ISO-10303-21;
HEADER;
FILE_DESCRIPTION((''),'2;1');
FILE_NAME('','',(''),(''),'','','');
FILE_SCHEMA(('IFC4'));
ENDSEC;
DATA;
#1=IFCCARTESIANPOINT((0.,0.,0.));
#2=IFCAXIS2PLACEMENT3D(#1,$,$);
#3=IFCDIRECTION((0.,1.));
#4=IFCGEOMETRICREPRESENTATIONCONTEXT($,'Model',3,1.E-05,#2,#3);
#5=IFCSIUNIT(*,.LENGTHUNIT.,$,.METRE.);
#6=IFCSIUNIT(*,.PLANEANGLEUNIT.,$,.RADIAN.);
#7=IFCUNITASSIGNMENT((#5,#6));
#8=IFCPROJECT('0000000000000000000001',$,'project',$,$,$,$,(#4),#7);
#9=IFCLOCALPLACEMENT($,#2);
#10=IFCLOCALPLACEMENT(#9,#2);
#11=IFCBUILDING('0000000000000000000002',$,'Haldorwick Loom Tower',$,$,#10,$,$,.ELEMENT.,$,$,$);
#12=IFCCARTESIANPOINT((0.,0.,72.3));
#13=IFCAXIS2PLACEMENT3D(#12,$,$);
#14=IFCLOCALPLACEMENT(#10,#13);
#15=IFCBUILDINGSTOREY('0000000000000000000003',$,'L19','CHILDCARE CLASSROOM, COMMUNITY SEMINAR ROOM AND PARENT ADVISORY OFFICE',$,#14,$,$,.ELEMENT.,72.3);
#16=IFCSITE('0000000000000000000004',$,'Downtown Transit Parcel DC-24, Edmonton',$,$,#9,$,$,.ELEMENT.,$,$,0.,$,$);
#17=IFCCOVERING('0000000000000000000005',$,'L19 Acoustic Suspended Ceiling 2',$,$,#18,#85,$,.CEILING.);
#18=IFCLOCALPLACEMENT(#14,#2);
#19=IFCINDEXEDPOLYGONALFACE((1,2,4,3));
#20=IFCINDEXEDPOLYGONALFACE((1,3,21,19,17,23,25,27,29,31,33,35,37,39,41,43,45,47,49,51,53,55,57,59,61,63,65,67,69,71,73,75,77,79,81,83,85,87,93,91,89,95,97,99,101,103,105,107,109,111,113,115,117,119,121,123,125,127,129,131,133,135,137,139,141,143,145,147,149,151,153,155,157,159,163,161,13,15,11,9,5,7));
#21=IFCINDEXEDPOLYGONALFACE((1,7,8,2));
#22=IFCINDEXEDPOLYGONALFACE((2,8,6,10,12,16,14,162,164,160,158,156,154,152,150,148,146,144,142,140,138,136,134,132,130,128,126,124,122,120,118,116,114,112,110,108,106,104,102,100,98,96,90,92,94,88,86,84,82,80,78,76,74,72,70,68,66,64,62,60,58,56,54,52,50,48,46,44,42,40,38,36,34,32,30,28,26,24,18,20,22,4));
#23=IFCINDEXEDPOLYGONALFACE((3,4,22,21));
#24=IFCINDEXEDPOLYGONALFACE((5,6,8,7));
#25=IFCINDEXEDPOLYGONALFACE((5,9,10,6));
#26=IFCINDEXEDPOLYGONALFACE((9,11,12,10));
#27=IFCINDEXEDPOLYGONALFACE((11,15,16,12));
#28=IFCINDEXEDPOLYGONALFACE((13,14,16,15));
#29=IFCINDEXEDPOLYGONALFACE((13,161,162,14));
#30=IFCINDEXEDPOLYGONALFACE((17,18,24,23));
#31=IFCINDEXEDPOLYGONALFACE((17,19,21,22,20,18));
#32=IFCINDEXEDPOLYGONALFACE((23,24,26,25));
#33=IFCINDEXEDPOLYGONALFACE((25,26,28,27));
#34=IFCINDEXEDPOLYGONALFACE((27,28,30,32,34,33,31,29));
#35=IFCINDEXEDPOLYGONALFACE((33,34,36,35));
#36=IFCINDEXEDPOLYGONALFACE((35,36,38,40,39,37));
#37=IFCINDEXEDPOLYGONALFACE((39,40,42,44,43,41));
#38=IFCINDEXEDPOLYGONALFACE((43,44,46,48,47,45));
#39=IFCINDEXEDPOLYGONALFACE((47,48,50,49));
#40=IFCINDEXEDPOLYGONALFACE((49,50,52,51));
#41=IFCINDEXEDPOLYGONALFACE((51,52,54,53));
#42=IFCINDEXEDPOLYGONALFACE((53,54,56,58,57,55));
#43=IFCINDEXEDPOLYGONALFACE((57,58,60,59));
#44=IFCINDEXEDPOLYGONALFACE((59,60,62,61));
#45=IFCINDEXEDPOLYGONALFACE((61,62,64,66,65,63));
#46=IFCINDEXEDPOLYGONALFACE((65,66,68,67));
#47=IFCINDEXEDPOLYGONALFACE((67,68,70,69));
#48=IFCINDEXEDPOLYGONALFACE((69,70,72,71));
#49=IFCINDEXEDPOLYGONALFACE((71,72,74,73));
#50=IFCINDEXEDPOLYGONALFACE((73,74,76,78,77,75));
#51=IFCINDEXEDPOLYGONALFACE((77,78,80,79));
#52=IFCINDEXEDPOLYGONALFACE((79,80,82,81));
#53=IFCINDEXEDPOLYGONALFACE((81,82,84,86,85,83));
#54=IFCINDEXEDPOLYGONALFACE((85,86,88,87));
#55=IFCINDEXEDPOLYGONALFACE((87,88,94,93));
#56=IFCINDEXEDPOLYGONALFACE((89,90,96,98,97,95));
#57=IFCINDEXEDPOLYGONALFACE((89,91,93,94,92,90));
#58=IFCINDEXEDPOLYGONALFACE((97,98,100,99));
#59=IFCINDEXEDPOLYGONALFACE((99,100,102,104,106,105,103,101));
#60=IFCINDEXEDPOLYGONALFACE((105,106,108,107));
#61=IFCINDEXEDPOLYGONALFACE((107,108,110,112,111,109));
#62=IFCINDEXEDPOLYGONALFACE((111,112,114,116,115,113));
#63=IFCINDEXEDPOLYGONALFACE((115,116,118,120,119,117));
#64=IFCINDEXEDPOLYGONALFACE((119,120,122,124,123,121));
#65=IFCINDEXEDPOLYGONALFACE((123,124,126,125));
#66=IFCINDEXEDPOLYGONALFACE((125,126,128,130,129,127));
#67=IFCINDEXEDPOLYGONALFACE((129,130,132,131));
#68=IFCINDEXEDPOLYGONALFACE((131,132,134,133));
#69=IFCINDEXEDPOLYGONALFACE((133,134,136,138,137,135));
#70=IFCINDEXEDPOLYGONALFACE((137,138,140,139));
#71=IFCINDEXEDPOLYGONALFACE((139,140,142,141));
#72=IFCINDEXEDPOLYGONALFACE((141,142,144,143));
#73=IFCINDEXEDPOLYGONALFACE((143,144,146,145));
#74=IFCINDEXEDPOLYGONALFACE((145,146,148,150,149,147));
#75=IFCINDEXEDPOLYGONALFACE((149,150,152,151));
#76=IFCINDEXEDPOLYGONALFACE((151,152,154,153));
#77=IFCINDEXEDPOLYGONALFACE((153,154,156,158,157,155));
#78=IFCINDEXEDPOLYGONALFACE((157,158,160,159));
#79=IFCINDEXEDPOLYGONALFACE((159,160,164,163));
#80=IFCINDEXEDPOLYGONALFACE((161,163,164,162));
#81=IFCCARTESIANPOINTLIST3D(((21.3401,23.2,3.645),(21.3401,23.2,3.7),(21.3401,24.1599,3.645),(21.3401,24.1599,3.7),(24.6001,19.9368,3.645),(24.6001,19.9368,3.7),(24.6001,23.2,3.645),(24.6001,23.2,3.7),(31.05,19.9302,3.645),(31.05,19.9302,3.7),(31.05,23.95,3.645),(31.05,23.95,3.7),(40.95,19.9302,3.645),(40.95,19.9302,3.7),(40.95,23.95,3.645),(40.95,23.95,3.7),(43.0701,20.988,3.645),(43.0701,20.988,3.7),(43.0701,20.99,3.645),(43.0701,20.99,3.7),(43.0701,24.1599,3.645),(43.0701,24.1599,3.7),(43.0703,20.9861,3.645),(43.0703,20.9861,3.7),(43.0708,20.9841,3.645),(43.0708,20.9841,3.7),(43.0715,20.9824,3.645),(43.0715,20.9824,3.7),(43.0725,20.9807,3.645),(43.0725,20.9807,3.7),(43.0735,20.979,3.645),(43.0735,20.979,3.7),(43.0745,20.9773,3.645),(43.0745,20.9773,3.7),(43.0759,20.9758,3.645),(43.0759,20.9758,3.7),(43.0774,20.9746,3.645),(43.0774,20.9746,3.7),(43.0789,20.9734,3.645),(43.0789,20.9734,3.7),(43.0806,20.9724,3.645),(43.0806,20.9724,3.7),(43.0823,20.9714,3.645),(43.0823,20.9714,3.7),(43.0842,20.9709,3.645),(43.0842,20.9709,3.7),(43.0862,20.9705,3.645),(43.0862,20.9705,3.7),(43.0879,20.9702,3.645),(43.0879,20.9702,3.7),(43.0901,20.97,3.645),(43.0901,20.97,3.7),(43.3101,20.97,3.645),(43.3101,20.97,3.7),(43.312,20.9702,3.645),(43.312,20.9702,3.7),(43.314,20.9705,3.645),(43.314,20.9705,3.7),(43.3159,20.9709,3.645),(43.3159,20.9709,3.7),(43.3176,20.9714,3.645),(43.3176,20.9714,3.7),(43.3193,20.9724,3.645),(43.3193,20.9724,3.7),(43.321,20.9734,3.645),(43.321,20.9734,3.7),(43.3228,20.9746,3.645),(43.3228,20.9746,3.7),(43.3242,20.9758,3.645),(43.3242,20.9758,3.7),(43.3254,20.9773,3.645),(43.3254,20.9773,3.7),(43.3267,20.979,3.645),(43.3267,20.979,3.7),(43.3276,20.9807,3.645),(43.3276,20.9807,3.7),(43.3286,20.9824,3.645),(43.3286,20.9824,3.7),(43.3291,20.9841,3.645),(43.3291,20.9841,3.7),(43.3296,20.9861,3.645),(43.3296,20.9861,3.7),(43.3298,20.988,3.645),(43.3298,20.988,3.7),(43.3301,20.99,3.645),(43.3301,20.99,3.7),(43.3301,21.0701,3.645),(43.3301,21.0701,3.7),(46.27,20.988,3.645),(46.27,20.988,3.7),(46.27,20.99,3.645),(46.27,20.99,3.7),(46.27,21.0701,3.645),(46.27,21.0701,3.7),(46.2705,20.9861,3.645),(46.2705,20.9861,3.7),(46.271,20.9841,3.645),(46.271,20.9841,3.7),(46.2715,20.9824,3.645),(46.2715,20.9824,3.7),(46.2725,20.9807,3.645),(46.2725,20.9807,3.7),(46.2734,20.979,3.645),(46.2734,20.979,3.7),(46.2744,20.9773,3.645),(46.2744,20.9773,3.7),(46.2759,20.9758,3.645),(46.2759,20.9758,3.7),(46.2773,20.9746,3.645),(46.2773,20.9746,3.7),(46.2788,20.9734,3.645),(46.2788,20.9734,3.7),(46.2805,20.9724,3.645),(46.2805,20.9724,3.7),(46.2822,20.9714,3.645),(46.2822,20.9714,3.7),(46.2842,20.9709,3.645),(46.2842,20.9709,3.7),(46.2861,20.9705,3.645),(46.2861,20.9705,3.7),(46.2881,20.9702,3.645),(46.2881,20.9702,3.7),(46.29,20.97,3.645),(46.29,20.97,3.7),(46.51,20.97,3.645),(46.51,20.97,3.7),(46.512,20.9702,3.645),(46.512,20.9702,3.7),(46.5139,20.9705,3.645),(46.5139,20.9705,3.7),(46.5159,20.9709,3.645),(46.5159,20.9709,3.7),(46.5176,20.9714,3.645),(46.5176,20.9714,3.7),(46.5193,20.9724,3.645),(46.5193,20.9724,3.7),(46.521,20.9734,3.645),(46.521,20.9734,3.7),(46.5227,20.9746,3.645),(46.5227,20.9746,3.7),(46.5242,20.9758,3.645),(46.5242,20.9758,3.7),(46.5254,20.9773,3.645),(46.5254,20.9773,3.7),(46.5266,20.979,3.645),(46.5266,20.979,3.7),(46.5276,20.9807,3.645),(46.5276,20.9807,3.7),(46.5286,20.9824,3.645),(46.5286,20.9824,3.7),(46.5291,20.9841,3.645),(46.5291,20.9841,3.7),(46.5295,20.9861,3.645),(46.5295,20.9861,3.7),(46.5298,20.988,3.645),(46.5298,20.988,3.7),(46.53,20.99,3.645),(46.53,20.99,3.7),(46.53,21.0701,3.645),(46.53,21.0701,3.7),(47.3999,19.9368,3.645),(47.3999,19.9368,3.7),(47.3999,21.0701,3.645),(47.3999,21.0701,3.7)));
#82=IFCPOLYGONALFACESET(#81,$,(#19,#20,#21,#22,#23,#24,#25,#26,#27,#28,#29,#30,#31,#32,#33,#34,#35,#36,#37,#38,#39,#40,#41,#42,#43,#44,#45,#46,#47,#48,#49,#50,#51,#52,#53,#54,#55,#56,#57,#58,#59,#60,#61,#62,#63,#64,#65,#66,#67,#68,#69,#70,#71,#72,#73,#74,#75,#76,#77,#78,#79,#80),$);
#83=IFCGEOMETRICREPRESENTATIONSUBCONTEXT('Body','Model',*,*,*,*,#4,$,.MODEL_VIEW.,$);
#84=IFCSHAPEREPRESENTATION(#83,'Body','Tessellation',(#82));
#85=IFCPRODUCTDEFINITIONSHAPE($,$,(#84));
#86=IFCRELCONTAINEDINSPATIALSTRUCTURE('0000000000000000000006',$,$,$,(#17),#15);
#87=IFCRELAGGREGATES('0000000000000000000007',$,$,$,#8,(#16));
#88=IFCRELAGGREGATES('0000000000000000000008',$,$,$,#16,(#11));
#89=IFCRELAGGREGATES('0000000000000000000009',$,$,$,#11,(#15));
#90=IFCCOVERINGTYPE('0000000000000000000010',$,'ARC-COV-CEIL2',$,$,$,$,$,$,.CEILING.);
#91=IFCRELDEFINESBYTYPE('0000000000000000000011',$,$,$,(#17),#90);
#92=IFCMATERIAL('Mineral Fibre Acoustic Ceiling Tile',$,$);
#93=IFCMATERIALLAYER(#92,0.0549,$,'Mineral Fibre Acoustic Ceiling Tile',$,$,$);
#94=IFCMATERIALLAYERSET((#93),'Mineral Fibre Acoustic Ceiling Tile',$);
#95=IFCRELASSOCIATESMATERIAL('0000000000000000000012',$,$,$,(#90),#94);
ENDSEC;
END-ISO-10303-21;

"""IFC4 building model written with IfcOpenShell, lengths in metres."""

from ifc_helpers import new_model, si_unit, direction, frame, origin, place, context, subcontext, project, spatial, polyline, outline, extrude, material, layer, layer_set, type_object, element, save


model = new_model("IFC4")

# Units and contexts
model_context = context("Model", 3, precision=1e-05, world=origin(), true_north=direction((0.0, 1.0)))
body_context = subcontext(model_context, "Body", "Model", "MODEL_VIEW")
ifc_project = project(units=[si_unit("LENGTHUNIT", "METRE"), si_unit("PLANEANGLEUNIT", "RADIAN")], contexts=[model_context])

# Site, building, storey
site_placement = place(None, origin())
site = spatial("IfcSite", under=ifc_project, at=site_placement, Name="Downtown Transit Parcel DC-24, Edmonton", CompositionType="ELEMENT", RefElevation=0.0)
building_placement = place(site_placement, origin())
building = spatial("IfcBuilding", under=site, at=building_placement, Name="Haldorwick Loom Tower", CompositionType="ELEMENT")
storey_placement = place(building_placement, frame((0.0, 0.0, 72.3)))
storey = spatial("IfcBuildingStorey", under=building, at=storey_placement, Name="L19", Description="CHILDCARE CLASSROOM, COMMUNITY SEMINAR ROOM AND PARENT ADVISORY OFFICE", CompositionType="ELEMENT", Elevation=72.3)

# Covering
ifc_material_1 = material(Name="Mineral Fibre Acoustic Ceiling Tile")
ifc_layer_1 = layer(ifc_material_1, 0.0549, Name="Mineral Fibre Acoustic Ceiling Tile")
ifc_layer_set_1 = layer_set([ifc_layer_1], Name="Mineral Fibre Acoustic Ceiling Tile")
covering_type_1 = type_object("IfcCoveringType", Name="ARC-COV-CEIL2", PredefinedType="CEILING", material=ifc_layer_set_1)
covering_1_placement = place(storey_placement, frame((0.0, 0.0, 3.645)))
element("IfcCovering", 1, at=covering_1_placement, inside=storey, type_object=covering_type_1, Name="L19 Acoustic Suspended Ceiling 2", PredefinedType="CEILING", context=body_context, shape_type="SweptSolid", body=[
    extrude(outline(polyline([(47.3999, 19.9368), (47.3999, 21.0701), (46.53, 21.0701), (46.53, 20.99), (46.5298, 20.988), (46.5295, 20.9861), (46.5291, 20.9841), (46.5286, 20.9824), (46.5276, 20.9807), (46.5266, 20.979), (46.5254, 20.9773), (46.5242, 20.9758), (46.5227, 20.9746), (46.521, 20.9734), (46.5193, 20.9724), (46.5176, 20.9714), (46.5159, 20.9709), (46.5139, 20.9705), (46.512, 20.9702), (46.51, 20.97), (46.29, 20.97), (46.2881, 20.9702), (46.2861, 20.9705), (46.2842, 20.9709), (46.2822, 20.9714), (46.2805, 20.9724), (46.2788, 20.9734), (46.2773, 20.9746), (46.2759, 20.9758), (46.2744, 20.9773), (46.2734, 20.979), (46.2725, 20.9807), (46.2715, 20.9824), (46.271, 20.9841), (46.2705, 20.9861), (46.27, 20.988), (46.27, 20.99), (46.27, 21.0701), (43.3301, 21.0701), (43.3301, 20.99), (43.3298, 20.988), (43.3296, 20.9861), (43.3291, 20.9841), (43.3286, 20.9824), (43.3276, 20.9807), (43.3267, 20.979), (43.3254, 20.9773), (43.3242, 20.9758), (43.3228, 20.9746), (43.321, 20.9734), (43.3193, 20.9724), (43.3176, 20.9714), (43.3159, 20.9709), (43.314, 20.9705), (43.312, 20.9702), (43.3101, 20.97), (43.0901, 20.97), (43.0879, 20.9702), (43.0862, 20.9705), (43.0842, 20.9709), (43.0823, 20.9714), (43.0806, 20.9724), (43.0789, 20.9734), (43.0774, 20.9746), (43.0759, 20.9758), (43.0745, 20.9773), (43.0735, 20.979), (43.0725, 20.9807), (43.0715, 20.9824), (43.0708, 20.9841), (43.0703, 20.9861), (43.0701, 20.988), (43.0701, 20.99), (43.0701, 24.1599), (21.3401, 24.1599), (21.3401, 23.2), (24.6001, 23.2), (24.6001, 19.9368), (31.05, 19.9302), (31.05, 23.95), (40.95, 23.95), (40.95, 19.9302), (47.3999, 19.9368)])), origin(), (0.0, 0.0, 1.0), 0.0549),
])

save(model, "model.ifc")
